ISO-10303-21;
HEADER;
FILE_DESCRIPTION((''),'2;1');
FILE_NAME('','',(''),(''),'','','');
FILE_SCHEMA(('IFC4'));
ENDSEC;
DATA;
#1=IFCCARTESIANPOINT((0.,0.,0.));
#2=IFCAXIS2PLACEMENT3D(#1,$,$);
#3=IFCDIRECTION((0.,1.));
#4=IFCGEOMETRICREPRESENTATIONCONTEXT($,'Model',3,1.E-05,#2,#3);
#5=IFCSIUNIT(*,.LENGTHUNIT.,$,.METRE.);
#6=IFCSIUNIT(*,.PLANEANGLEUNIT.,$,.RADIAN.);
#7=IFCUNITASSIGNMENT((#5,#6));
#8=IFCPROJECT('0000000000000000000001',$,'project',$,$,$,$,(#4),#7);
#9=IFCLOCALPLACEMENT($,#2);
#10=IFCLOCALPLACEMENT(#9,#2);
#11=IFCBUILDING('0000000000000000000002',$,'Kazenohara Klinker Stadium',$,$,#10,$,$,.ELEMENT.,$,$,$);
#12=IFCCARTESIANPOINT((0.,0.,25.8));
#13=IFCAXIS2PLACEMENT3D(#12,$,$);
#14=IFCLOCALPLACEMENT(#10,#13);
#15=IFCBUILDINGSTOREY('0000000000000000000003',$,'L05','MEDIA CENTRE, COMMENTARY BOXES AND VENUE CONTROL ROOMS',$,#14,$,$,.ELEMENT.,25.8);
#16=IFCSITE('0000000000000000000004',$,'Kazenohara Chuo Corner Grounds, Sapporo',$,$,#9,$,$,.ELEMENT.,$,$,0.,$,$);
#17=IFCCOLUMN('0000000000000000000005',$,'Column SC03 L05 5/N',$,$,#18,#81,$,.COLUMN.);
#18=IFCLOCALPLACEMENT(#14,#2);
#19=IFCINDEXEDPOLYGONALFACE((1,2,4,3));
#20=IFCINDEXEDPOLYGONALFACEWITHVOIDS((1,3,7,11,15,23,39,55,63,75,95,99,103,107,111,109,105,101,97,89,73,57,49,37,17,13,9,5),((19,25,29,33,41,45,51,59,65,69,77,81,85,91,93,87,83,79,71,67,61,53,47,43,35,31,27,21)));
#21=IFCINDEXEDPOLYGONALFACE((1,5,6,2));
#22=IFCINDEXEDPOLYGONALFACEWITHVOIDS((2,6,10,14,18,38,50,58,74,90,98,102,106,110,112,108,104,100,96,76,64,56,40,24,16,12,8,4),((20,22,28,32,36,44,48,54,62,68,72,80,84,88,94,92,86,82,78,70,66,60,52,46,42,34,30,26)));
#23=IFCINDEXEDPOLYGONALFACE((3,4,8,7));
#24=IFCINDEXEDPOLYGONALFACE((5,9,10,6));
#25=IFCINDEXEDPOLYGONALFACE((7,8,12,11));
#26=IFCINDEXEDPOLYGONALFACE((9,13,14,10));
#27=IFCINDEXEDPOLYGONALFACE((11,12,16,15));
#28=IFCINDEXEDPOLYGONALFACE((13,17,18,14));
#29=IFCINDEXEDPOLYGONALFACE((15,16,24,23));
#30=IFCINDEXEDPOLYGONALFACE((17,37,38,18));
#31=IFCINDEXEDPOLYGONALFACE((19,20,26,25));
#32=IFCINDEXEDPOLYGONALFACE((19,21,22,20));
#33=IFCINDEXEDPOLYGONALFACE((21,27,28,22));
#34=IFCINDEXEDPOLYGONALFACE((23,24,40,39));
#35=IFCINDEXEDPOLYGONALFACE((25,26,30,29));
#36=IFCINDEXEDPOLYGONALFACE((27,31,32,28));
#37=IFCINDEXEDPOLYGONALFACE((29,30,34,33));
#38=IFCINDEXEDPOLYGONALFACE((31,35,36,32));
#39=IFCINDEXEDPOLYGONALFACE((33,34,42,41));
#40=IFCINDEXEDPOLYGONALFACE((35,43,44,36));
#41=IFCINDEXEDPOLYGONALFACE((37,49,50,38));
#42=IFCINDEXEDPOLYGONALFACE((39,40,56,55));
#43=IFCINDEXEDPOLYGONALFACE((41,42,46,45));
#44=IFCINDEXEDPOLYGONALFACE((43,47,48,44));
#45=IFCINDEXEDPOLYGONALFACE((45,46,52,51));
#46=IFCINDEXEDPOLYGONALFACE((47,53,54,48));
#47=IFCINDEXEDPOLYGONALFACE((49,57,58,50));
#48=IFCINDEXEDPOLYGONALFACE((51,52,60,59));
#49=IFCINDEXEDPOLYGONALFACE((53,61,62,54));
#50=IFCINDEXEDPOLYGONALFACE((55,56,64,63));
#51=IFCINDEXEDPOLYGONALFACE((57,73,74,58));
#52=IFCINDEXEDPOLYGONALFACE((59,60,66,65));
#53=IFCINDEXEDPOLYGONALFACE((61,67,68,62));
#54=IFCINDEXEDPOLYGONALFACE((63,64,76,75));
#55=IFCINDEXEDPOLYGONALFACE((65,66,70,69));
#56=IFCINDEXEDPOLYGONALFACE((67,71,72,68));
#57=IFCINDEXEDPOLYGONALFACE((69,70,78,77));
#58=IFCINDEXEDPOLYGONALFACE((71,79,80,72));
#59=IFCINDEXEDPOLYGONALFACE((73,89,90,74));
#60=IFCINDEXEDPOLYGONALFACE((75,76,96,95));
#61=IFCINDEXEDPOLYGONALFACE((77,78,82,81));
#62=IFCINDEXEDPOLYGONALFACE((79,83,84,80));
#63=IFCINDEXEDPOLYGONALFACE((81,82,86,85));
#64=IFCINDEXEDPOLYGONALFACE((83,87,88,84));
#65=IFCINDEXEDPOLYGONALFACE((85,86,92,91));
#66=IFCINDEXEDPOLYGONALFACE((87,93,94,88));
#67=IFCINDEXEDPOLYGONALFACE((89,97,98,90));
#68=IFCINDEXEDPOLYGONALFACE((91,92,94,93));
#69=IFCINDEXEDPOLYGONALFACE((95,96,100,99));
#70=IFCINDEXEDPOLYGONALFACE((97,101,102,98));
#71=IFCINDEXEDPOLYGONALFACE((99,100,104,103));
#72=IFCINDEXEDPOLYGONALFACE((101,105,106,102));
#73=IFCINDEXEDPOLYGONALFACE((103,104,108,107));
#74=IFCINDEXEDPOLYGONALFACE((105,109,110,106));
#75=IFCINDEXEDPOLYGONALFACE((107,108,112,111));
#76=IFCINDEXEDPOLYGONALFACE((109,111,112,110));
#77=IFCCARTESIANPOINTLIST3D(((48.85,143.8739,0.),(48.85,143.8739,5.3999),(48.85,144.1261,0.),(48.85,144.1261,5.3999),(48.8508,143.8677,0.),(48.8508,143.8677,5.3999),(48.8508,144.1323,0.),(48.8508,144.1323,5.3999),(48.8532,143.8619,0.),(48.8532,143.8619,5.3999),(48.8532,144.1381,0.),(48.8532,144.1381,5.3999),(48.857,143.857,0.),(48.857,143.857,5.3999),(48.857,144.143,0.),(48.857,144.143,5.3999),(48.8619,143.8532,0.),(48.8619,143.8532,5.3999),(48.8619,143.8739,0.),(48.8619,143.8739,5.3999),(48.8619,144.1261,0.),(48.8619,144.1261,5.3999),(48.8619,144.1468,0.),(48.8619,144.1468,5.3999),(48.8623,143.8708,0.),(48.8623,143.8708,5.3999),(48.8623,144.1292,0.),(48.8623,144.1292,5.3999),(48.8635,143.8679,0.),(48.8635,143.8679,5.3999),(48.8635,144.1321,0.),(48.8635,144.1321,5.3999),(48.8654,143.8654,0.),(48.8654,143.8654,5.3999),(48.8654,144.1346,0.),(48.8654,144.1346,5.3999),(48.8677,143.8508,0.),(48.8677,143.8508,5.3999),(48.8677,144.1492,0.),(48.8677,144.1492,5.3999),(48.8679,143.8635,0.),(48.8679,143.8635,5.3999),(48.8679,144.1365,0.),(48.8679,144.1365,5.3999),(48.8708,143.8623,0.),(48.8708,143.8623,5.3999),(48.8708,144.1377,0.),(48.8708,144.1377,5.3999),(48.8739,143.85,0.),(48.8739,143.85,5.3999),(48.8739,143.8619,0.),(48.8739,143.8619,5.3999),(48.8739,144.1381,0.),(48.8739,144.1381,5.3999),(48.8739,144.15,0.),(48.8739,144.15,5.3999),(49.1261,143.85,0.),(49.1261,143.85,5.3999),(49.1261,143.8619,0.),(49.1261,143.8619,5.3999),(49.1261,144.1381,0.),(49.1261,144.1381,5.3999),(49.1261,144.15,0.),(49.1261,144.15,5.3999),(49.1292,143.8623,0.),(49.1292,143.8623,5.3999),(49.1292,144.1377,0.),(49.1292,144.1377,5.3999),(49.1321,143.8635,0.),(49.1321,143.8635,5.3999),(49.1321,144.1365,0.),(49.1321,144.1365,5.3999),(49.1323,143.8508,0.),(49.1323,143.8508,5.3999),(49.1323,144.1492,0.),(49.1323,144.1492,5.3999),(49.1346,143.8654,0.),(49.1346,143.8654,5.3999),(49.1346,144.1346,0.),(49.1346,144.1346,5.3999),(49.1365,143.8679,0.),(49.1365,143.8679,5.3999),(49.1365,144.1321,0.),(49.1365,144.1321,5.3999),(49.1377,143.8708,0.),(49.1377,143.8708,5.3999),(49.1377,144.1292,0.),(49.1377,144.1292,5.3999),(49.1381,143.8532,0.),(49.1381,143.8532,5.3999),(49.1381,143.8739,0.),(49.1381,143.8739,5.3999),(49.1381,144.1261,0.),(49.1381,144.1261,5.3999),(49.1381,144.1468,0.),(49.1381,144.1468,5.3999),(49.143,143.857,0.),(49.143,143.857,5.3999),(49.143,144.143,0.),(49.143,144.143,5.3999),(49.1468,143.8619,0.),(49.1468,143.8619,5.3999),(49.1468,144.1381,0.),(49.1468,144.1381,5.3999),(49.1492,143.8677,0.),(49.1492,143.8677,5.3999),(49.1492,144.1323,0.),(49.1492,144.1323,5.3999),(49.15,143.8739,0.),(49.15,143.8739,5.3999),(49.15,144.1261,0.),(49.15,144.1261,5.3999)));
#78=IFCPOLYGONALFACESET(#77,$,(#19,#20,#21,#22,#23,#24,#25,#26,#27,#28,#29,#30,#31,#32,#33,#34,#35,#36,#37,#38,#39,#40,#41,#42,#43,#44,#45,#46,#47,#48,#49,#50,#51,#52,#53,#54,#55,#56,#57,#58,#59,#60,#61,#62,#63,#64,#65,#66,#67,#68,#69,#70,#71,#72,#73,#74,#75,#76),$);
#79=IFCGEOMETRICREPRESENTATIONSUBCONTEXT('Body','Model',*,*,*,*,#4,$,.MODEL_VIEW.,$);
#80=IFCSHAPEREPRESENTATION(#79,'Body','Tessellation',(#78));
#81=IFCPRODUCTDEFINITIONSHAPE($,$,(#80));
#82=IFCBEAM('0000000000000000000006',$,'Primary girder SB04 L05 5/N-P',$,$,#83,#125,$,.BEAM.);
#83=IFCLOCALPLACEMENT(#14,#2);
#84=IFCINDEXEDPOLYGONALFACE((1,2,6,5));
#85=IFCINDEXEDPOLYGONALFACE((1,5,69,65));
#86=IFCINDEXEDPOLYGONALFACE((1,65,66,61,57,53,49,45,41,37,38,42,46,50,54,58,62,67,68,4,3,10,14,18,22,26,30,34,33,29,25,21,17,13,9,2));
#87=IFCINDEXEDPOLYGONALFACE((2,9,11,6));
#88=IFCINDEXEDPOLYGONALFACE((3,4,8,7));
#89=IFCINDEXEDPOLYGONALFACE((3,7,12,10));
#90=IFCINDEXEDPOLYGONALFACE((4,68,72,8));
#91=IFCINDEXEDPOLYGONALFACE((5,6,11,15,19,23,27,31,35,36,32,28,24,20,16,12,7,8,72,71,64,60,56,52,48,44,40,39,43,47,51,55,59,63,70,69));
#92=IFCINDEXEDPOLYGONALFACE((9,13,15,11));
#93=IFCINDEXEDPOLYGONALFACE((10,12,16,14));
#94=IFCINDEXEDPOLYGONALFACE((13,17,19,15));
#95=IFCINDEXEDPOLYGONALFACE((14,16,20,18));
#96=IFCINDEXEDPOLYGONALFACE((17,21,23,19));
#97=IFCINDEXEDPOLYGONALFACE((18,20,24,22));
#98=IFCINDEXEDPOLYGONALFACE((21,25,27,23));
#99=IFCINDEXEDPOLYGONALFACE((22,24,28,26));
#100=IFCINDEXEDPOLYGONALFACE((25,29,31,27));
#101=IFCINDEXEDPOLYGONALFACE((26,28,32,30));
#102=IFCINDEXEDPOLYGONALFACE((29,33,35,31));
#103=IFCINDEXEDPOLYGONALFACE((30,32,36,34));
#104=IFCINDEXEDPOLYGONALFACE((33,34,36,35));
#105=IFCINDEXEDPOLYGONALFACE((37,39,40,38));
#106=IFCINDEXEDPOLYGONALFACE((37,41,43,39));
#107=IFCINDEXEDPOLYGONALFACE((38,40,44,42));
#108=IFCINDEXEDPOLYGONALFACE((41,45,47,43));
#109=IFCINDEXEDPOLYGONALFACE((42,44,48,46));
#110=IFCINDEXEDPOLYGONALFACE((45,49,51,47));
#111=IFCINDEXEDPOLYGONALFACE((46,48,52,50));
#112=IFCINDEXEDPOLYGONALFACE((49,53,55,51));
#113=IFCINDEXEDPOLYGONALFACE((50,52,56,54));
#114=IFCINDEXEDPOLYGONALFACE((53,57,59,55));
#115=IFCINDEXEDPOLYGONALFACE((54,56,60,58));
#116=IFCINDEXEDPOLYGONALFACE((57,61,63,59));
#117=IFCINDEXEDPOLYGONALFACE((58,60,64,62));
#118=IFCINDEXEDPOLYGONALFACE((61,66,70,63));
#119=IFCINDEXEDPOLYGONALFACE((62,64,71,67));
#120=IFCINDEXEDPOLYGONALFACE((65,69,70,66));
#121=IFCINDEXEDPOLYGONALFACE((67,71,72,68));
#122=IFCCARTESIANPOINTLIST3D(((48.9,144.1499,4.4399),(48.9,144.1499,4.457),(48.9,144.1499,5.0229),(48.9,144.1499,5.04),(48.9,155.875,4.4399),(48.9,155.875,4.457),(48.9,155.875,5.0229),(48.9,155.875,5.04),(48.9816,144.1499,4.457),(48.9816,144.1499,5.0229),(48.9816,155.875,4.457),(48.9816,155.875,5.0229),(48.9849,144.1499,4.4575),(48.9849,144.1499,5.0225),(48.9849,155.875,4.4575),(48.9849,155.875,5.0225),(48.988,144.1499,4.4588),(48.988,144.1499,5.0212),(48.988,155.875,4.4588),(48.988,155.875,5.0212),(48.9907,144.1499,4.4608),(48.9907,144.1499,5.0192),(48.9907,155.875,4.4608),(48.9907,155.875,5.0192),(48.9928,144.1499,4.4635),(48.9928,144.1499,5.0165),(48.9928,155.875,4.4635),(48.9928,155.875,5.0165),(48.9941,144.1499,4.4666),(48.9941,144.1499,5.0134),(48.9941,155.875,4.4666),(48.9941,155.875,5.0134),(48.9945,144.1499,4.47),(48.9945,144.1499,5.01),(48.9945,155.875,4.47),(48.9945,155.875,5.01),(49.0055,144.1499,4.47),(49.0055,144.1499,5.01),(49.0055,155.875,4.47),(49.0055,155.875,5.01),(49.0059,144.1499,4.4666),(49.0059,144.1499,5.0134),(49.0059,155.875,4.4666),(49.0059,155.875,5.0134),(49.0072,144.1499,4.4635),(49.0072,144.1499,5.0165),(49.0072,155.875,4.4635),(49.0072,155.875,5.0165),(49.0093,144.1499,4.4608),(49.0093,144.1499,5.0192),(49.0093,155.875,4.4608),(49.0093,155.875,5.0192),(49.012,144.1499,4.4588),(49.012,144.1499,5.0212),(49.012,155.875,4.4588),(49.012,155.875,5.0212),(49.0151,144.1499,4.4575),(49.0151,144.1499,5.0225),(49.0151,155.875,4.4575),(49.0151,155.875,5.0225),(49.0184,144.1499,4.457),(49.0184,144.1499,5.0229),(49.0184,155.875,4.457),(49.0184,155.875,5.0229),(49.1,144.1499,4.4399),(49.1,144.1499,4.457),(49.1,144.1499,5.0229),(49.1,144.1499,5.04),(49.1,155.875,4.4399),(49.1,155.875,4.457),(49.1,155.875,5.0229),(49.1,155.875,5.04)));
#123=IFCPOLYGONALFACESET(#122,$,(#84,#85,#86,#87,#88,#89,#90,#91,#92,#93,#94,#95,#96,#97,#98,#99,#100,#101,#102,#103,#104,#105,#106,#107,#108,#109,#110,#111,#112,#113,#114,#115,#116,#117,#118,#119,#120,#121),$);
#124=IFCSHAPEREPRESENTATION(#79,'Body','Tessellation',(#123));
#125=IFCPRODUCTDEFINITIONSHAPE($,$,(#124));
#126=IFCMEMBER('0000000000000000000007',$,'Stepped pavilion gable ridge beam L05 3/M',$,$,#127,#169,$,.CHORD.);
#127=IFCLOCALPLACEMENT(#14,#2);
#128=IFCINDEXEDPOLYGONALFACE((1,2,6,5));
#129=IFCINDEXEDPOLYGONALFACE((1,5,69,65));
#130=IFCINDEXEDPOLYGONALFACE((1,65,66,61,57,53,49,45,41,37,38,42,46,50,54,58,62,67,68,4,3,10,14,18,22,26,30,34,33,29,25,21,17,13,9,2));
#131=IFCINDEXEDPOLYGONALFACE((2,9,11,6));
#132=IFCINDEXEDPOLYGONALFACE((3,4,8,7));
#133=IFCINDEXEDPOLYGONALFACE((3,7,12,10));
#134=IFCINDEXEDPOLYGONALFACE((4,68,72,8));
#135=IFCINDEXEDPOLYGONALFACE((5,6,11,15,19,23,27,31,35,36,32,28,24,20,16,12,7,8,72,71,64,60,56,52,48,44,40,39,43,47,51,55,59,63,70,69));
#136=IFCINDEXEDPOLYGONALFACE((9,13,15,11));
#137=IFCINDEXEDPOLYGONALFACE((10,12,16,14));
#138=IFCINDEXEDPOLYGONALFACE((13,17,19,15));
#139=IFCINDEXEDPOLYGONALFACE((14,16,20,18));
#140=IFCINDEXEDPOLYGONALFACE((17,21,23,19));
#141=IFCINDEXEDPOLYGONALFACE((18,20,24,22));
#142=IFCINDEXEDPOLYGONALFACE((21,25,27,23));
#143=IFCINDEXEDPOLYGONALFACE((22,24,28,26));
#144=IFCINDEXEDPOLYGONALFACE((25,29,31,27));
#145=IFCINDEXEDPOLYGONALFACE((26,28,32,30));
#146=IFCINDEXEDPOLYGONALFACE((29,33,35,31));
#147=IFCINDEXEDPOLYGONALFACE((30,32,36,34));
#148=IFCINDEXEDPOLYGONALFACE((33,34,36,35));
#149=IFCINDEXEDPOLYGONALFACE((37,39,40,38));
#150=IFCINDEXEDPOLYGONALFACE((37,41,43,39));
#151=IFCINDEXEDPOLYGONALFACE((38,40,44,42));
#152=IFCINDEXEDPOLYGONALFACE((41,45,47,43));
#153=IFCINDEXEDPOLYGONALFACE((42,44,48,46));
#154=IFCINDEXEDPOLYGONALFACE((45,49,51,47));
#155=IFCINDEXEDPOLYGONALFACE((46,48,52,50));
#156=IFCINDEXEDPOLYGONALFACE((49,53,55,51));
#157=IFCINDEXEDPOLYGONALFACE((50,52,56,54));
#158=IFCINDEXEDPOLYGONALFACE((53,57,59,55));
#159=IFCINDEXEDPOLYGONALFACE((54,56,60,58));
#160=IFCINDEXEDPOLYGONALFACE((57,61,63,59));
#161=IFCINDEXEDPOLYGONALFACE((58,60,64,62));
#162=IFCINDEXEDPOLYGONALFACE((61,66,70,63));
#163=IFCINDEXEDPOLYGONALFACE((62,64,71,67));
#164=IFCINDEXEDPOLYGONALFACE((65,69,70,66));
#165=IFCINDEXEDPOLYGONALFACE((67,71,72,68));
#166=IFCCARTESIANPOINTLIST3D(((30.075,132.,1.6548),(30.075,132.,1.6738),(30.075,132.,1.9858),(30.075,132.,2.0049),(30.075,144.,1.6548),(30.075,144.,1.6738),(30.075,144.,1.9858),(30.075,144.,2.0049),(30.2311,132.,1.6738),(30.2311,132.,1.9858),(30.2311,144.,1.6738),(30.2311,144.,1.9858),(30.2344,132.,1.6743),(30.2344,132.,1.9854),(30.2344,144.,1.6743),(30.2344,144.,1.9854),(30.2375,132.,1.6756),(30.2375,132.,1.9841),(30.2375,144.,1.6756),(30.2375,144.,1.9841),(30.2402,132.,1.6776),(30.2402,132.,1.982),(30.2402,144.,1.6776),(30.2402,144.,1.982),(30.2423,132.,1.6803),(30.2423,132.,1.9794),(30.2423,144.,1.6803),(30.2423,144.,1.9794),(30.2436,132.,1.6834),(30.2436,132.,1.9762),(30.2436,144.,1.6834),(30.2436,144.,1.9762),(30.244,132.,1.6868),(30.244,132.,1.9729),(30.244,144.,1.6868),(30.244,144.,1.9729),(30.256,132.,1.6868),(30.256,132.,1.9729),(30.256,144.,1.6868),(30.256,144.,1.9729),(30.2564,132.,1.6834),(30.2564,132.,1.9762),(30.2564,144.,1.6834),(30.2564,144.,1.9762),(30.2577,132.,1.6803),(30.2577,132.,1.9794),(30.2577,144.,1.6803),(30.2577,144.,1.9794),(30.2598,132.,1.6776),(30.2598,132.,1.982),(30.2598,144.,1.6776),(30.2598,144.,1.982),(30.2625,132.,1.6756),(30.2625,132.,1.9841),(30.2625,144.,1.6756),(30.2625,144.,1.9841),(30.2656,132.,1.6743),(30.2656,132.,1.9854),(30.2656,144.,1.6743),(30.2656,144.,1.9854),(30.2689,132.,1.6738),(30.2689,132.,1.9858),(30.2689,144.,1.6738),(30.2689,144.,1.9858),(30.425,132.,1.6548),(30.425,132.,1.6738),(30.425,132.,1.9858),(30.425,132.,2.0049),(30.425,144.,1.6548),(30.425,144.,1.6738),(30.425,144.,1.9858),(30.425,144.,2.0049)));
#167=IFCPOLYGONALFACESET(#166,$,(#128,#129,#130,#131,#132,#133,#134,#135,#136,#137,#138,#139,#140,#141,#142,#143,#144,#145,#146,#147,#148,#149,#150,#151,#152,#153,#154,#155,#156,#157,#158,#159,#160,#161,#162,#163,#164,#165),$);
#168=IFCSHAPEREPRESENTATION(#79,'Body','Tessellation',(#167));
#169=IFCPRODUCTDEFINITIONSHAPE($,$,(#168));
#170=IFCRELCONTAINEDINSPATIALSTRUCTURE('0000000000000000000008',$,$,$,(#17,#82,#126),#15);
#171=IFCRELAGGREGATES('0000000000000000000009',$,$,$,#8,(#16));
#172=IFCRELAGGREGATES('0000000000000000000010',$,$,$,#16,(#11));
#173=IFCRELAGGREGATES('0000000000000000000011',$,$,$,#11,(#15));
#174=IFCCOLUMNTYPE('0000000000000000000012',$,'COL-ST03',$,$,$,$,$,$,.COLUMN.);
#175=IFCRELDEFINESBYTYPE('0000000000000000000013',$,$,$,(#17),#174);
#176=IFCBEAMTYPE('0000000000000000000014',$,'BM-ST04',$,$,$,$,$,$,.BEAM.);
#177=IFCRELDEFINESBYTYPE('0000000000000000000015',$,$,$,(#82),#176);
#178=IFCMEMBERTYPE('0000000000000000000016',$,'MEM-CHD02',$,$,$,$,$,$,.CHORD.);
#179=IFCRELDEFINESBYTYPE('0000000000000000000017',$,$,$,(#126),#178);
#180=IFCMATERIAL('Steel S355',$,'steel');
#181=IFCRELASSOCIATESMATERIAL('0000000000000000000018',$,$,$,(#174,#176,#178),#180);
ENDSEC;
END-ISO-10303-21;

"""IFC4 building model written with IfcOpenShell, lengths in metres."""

from ifc_helpers import new_model, si_unit, direction, frame, origin, origin_2d, place, context, subcontext, project, spatial, hollow_rectangle, i_section, extrude, material, material_profile, profile_set, type_object, element, save


model = new_model("IFC4")

# Units and contexts
model_context = context("Model", 3, precision=1e-05, world=origin(), true_north=direction((0.0, 1.0)))
body_context = subcontext(model_context, "Body", "Model", "MODEL_VIEW")
ifc_project = project(units=[si_unit("LENGTHUNIT", "METRE"), si_unit("PLANEANGLEUNIT", "RADIAN")], contexts=[model_context])

# Site, building, storey
site_placement = place(None, origin())
site = spatial("IfcSite", under=ifc_project, at=site_placement, Name="Kazenohara Chuo Corner Grounds, Sapporo", CompositionType="ELEMENT", RefElevation=0.0)
building_placement = place(site_placement, origin())
building = spatial("IfcBuilding", under=site, at=building_placement, Name="Kazenohara Klinker Stadium", CompositionType="ELEMENT")
storey_placement = place(building_placement, frame((0.0, 0.0, 25.8)))
storey = spatial("IfcBuildingStorey", under=building, at=storey_placement, Name="L05", Description="MEDIA CENTRE, COMMENTARY BOXES AND VENUE CONTROL ROOMS", CompositionType="ELEMENT", Elevation=25.8)

# Column
ifc_material_1 = material(Name="Steel S355", Category="steel")
ifc_material_profile_1 = material_profile(ifc_material_1, hollow_rectangle(XDim=0.3, YDim=0.3, WallThickness=0.012, InnerFilletRadius=0.012, OuterFilletRadius=0.0239, at=origin_2d()), Name="SHS-300x300x12")
ifc_profile_set_1 = profile_set([ifc_material_profile_1], Name="Steel S355")
column_type_1 = type_object("IfcColumnType", Name="COL-ST03", PredefinedType="COLUMN", material=ifc_profile_set_1)
column_placement = place(storey_placement, frame((49.0, 144.0, 0.0), z_axis=(0.0, 0.0, 1.0), x_axis=(1.0, 0.0, 0.0)))
element("IfcColumn", 1, at=column_placement, inside=storey, type_object=column_type_1, Name="Column SC03 L05 5/N", PredefinedType="COLUMN", context=body_context, shape_type="SweptSolid", body=[
    extrude(hollow_rectangle(XDim=0.3, YDim=0.3, WallThickness=0.012, InnerFilletRadius=0.012, OuterFilletRadius=0.0239, at=origin_2d()), origin(), (0.0, 0.0, 1.0), 5.3999),
])

# Beam
ifc_material_profile_2 = material_profile(ifc_material_1, i_section(OverallWidth=0.2, OverallDepth=0.6001, WebThickness=0.011, FlangeThickness=0.0171, FilletRadius=0.0129, at=origin_2d()), Name="H-600x200x11x17")
ifc_profile_set_2 = profile_set([ifc_material_profile_2], Name="Steel S355")
beam_type = type_object("IfcBeamType", Name="BM-ST04", PredefinedType="BEAM", material=ifc_profile_set_2)
beam_placement = place(storey_placement, frame((49.0, 144.1499, 4.74), z_axis=(0.0, 1.0, 0.0), x_axis=(-1.0, 0.0, 0.0)))
element("IfcBeam", 2, at=beam_placement, inside=storey, type_object=beam_type, Name="Primary girder SB04 L05 5/N-P", PredefinedType="BEAM", context=body_context, shape_type="SweptSolid", body=[
    extrude(i_section(OverallWidth=0.2, OverallDepth=0.6001, WebThickness=0.011, FlangeThickness=0.0171, FilletRadius=0.0129, at=origin_2d()), origin(), (0.0, 0.0, 1.0), 11.7251),
])

# Member
ifc_material_profile_3 = material_profile(ifc_material_1, i_section(OverallWidth=0.3501, OverallDepth=0.3501, WebThickness=0.012, FlangeThickness=0.019, FilletRadius=0.0129, at=origin_2d()), Name="H-350x350x12x19")
ifc_profile_set_3 = profile_set([ifc_material_profile_3], Name="Steel S355")
member_type_1 = type_object("IfcMemberType", Name="MEM-CHD02", PredefinedType="CHORD", material=ifc_profile_set_3)
for number, where, z_axis, x_axis, name in (
    (3, (30.25, 132.0, 1.8298), (0.0, 1.0, 0.0), (-1.0, 0.0, 0.0), "Stepped pavilion gable ridge beam L05 3/M"),
):
    element("IfcMember", number, at=place(storey_placement, frame(where, z_axis=z_axis, x_axis=x_axis)), inside=storey, type_object=member_type_1, Name=name, PredefinedType="CHORD", context=body_context, shape_type="SweptSolid", body=[
        extrude(i_section(OverallWidth=0.3501, OverallDepth=0.3501, WebThickness=0.012, FlangeThickness=0.019, FilletRadius=0.0129, at=origin_2d()), origin(), (0.0, 0.0, 1.0), 12.0),
    ])

save(model, "model.ifc")
